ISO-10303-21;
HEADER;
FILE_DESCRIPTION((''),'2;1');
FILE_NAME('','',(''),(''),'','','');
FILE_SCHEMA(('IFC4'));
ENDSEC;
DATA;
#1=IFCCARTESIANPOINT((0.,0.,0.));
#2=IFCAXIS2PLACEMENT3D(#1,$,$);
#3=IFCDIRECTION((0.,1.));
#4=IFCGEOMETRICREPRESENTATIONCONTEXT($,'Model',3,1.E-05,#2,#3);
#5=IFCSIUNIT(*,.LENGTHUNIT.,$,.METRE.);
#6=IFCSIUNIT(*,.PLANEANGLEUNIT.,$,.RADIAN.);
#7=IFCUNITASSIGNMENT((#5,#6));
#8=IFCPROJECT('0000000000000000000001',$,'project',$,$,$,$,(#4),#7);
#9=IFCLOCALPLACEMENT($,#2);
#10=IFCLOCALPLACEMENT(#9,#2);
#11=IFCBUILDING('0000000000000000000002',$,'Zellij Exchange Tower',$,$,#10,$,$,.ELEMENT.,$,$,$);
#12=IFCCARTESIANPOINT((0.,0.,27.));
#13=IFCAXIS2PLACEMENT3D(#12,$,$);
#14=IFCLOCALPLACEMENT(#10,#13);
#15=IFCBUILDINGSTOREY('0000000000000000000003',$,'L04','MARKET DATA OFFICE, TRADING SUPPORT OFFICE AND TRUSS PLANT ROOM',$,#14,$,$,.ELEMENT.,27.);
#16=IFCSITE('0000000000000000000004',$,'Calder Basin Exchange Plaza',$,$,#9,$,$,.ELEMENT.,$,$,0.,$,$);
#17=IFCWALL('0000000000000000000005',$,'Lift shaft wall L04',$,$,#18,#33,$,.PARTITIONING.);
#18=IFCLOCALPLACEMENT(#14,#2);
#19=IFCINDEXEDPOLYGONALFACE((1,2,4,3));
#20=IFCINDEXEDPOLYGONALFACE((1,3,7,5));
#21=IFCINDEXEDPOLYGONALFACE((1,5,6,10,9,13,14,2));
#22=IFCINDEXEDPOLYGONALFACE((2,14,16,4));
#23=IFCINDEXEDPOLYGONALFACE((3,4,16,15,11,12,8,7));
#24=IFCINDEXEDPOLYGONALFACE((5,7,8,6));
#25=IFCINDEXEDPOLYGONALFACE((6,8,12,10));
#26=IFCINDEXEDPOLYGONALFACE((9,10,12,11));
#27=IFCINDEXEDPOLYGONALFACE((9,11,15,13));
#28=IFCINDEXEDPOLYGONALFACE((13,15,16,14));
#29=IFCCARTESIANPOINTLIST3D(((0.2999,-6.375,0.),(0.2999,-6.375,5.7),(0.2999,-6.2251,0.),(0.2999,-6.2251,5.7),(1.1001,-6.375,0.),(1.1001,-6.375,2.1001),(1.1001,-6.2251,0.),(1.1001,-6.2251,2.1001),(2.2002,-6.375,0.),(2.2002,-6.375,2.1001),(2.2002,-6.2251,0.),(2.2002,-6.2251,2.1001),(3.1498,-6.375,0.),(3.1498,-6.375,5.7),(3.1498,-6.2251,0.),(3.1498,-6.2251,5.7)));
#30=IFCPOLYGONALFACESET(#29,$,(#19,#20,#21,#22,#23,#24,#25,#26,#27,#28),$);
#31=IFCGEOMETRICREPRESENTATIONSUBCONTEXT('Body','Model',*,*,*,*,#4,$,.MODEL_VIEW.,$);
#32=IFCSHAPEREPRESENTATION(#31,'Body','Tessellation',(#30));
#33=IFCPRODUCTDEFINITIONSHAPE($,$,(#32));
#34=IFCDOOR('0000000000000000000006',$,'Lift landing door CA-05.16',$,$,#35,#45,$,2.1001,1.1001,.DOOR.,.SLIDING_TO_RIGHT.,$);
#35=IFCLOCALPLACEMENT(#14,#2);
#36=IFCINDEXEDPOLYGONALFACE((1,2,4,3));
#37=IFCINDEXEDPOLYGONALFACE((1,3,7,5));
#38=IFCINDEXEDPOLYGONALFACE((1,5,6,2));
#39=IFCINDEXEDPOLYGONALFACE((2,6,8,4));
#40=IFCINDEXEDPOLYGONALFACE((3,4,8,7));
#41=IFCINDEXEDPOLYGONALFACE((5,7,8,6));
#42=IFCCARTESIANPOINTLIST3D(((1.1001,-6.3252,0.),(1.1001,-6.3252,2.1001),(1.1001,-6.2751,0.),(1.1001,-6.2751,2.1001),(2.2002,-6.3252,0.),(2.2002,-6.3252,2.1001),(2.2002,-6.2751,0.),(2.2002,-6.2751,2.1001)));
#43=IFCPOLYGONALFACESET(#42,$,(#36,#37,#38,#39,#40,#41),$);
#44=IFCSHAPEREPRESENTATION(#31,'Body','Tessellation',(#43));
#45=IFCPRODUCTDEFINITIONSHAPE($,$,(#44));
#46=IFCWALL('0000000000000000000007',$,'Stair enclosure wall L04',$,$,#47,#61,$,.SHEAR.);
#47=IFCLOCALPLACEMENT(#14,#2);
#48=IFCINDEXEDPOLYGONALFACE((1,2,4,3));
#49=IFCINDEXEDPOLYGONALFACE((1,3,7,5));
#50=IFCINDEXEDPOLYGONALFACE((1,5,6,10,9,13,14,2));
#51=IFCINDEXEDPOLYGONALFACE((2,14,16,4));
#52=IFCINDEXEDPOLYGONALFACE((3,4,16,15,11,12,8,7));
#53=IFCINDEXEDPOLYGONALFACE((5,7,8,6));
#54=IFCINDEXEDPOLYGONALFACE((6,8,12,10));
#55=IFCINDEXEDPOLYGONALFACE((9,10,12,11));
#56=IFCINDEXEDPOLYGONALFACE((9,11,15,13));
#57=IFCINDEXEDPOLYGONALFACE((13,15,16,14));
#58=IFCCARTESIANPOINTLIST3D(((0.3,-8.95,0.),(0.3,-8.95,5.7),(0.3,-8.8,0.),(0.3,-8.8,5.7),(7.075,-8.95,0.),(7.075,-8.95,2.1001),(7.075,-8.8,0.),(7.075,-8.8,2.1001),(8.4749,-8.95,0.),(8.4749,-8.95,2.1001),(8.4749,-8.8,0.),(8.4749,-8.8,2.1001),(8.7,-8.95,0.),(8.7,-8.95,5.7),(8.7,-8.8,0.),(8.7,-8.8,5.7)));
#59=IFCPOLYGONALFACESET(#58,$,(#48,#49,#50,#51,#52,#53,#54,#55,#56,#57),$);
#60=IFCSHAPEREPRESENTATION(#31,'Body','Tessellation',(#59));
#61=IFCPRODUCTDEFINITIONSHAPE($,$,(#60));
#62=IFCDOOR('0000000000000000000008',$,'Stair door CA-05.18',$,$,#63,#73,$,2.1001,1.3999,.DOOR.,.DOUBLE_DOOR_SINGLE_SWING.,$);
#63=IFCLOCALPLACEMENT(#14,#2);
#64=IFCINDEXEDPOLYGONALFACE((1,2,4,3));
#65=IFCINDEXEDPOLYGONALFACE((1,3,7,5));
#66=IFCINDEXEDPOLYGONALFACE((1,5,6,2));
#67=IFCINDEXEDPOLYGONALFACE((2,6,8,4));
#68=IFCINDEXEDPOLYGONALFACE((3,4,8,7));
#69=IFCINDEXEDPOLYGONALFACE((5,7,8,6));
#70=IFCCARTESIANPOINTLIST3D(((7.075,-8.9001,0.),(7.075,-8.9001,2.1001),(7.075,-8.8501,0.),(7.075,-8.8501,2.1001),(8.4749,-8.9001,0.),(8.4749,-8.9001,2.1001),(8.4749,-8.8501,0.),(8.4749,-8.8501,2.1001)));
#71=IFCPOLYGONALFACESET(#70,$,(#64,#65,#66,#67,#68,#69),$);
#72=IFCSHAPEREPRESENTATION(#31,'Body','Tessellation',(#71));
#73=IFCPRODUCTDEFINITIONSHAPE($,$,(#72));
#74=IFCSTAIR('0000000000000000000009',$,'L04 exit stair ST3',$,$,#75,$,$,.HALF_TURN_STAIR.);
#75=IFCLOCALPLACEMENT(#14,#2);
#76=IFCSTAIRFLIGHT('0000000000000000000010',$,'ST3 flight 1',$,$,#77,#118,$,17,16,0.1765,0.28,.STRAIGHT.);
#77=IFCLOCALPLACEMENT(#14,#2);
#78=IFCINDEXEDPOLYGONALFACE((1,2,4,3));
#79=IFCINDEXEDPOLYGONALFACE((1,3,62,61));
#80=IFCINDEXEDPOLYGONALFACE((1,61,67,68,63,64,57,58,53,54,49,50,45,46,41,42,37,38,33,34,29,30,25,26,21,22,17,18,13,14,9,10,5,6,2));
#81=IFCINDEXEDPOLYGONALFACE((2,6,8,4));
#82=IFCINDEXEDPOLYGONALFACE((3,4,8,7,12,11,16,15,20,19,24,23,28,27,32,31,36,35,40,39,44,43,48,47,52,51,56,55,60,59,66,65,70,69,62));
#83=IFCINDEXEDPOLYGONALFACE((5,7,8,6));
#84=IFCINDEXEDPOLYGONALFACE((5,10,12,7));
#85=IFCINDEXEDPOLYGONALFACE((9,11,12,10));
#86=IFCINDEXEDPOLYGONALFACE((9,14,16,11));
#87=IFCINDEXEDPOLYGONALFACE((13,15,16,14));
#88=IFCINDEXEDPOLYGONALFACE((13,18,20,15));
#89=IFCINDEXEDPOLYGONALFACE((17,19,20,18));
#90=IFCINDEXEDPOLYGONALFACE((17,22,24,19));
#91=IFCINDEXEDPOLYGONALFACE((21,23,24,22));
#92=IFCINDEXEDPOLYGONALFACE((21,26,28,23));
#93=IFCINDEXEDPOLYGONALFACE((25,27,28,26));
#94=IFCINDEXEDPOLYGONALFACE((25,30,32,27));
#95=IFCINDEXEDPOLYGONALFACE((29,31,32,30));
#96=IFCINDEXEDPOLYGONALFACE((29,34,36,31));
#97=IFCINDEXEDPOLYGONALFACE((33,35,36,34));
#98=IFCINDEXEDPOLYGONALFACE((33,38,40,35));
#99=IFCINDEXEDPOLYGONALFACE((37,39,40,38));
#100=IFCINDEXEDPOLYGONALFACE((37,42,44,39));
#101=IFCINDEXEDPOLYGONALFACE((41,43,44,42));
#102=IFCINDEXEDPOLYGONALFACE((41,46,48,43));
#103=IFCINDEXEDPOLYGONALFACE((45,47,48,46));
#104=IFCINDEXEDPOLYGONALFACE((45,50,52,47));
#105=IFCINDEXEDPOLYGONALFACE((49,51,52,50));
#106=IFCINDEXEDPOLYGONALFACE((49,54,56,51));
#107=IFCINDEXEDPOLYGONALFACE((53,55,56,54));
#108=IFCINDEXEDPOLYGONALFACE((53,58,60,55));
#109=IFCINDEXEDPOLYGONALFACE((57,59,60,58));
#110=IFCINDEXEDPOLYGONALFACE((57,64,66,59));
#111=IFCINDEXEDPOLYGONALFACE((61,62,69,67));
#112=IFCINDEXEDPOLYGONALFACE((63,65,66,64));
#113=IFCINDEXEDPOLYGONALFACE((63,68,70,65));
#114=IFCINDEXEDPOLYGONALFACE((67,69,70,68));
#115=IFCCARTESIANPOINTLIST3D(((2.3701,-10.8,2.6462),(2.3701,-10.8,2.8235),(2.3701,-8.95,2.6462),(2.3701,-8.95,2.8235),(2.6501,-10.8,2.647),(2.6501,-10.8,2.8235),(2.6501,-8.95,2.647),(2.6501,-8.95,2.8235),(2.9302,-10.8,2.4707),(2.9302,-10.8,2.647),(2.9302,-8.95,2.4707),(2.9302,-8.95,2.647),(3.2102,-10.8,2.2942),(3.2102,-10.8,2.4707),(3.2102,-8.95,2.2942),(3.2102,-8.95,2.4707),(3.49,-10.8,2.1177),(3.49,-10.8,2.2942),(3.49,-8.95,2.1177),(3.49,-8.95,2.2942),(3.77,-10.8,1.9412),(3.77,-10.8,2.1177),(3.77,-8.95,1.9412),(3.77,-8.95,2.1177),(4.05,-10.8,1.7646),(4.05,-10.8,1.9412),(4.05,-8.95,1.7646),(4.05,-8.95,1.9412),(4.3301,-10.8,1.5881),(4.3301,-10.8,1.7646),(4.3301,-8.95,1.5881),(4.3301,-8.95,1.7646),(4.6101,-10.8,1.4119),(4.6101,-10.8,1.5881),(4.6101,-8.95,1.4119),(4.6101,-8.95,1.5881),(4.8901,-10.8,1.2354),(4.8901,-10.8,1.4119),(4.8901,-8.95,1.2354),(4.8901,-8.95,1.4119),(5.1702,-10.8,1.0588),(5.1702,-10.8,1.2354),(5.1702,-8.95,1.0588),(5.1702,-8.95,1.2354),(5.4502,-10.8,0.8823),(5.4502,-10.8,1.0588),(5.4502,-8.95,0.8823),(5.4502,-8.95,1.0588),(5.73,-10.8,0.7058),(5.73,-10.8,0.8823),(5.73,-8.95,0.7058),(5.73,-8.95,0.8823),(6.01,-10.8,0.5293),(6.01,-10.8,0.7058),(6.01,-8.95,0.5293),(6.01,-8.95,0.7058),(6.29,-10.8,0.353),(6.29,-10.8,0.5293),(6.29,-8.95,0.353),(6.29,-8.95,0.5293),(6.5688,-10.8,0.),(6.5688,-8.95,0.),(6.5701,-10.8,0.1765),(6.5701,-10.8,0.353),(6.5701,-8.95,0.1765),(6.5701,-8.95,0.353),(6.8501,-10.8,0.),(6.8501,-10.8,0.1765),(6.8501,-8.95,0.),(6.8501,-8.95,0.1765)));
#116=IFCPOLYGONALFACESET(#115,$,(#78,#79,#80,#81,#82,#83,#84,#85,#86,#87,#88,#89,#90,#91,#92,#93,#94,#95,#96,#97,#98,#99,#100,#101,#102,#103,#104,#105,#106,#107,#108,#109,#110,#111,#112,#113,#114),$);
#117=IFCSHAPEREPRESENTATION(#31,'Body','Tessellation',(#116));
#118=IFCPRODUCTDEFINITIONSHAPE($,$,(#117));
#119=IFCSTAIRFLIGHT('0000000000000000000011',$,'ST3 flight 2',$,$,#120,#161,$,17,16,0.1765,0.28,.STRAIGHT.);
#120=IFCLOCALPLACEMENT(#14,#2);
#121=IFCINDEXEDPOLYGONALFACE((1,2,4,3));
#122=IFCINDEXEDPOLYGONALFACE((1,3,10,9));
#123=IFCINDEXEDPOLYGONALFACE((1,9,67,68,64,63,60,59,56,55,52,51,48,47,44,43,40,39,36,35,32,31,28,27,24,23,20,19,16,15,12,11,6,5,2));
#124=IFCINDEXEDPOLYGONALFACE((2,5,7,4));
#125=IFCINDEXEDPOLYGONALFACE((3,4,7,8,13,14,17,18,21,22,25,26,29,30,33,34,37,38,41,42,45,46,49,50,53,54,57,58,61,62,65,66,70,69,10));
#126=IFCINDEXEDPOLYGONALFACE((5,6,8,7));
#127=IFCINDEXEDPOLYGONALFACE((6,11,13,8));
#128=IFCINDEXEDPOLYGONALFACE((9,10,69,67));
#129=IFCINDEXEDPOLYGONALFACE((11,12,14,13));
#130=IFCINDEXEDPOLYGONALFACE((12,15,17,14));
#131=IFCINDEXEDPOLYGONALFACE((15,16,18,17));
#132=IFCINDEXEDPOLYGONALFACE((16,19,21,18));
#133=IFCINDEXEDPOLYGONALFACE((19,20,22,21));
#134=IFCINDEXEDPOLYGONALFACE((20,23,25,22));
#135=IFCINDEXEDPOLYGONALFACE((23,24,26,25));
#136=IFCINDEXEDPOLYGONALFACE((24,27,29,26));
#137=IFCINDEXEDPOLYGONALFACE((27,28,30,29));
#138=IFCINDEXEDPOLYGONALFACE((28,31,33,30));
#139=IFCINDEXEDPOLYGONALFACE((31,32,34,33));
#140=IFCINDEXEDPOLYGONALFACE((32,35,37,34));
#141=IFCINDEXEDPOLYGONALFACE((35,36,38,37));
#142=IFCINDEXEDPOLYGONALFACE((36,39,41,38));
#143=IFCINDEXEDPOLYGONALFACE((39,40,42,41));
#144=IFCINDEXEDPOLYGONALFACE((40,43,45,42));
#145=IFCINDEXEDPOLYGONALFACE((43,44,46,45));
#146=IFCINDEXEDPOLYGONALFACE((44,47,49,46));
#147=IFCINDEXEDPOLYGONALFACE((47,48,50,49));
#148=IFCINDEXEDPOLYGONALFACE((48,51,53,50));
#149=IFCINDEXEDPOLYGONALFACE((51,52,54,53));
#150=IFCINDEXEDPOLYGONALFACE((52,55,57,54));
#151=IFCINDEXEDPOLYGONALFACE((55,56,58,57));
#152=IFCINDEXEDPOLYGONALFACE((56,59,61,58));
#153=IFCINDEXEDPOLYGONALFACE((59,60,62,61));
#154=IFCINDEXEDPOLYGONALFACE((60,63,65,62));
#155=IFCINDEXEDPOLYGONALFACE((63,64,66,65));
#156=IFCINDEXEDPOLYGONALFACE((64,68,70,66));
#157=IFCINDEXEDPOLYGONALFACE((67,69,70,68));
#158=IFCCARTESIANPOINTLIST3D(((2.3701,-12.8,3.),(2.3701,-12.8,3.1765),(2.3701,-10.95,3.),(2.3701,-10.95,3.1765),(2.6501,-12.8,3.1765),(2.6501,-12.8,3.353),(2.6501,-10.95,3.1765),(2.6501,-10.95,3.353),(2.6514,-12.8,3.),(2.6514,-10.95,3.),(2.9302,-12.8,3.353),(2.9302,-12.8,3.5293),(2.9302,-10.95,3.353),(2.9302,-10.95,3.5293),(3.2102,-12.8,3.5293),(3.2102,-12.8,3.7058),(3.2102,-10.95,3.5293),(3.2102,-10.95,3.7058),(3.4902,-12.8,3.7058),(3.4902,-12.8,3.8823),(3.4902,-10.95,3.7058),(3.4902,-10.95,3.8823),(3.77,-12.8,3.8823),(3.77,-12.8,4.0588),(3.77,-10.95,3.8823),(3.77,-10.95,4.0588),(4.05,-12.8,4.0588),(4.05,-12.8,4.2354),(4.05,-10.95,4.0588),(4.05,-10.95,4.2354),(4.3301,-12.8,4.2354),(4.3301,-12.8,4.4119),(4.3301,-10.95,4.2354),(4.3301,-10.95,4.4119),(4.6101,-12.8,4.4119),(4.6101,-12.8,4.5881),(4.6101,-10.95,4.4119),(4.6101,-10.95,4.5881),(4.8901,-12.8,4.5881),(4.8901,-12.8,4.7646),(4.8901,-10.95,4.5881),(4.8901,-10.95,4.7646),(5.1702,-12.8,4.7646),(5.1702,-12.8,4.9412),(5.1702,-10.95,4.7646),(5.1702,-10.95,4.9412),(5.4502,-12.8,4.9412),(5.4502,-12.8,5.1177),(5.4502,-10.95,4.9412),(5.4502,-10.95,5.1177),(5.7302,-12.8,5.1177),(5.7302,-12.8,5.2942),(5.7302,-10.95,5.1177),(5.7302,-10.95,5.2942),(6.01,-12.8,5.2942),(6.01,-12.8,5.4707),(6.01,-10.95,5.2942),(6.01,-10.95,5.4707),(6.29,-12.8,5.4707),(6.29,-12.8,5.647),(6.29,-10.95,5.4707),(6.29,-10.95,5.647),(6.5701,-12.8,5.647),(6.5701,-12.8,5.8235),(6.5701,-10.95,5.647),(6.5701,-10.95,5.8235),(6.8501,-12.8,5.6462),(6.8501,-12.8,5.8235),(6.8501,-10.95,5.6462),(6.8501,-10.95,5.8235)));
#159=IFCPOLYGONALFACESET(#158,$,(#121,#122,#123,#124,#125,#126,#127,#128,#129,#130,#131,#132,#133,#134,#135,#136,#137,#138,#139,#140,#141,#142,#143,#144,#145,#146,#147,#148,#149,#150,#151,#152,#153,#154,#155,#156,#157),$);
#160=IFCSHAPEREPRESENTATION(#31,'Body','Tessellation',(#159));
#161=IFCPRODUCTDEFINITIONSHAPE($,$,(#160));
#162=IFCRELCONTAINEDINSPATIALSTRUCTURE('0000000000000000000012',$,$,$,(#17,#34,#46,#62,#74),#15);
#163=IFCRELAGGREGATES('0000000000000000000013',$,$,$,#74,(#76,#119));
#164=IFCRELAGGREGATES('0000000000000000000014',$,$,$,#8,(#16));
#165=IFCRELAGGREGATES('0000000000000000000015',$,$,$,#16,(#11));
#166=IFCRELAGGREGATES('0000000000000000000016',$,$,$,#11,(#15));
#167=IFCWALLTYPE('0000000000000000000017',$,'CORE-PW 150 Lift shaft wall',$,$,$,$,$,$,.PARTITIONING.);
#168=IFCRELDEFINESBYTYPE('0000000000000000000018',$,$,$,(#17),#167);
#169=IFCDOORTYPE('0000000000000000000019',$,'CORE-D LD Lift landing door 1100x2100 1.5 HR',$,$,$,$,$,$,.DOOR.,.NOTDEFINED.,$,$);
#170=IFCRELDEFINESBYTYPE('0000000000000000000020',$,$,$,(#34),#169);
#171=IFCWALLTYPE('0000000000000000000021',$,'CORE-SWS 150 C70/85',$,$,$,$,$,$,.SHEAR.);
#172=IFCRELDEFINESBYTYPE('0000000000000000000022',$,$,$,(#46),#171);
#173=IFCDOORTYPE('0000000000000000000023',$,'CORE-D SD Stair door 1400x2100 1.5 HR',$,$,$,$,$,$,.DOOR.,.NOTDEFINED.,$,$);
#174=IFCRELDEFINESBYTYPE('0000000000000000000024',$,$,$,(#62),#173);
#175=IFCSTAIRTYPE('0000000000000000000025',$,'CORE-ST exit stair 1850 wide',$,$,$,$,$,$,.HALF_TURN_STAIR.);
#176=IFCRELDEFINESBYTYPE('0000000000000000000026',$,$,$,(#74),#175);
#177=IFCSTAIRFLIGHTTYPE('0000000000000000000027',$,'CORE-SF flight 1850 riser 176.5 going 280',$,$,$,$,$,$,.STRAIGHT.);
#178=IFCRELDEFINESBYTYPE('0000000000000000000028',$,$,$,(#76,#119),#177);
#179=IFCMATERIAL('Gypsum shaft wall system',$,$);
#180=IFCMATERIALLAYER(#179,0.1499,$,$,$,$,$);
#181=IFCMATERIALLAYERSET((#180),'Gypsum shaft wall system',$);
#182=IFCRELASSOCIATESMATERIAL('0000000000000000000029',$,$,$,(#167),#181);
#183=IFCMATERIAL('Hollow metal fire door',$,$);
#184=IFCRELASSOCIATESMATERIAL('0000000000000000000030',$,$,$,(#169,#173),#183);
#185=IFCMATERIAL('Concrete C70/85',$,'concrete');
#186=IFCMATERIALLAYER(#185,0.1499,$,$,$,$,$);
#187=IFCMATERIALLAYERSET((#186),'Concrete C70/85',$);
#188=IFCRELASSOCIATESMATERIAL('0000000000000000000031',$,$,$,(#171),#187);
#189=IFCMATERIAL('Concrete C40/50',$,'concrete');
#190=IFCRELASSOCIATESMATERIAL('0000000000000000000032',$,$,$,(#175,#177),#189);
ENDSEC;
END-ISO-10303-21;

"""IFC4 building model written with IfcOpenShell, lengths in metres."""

from ifc_helpers import new_model, si_unit, direction, frame, frame_2d, origin, place, context, subcontext, project, spatial, polyline, rectangle, outline, extrude, material, layer, layer_set, type_object, element, fill, aggregate, save


model = new_model("IFC4")

# Units and contexts
model_context = context("Model", 3, precision=1e-05, world=origin(), true_north=direction((0.0, 1.0)))
body_context = subcontext(model_context, "Body", "Model", "MODEL_VIEW")
ifc_project = project(units=[si_unit("LENGTHUNIT", "METRE"), si_unit("PLANEANGLEUNIT", "RADIAN")], contexts=[model_context])

# Site, building, storey
site_placement = place(None, origin())
site = spatial("IfcSite", under=ifc_project, at=site_placement, Name="Calder Basin Exchange Plaza", CompositionType="ELEMENT", RefElevation=0.0)
building_placement = place(site_placement, origin())
building = spatial("IfcBuilding", under=site, at=building_placement, Name="Zellij Exchange Tower", CompositionType="ELEMENT")
storey_placement = place(building_placement, frame((0.0, 0.0, 27.0)))
storey = spatial("IfcBuildingStorey", under=building, at=storey_placement, Name="L04", Description="MARKET DATA OFFICE, TRADING SUPPORT OFFICE AND TRUSS PLANT ROOM", CompositionType="ELEMENT", Elevation=27.0)

# Shared definitions
ifc_material_1 = material(Name="Concrete C70/85", Category="concrete")

# Shared definitions
ifc_material_2 = material(Name="Gypsum shaft wall system")
ifc_material_3 = material(Name="Hollow metal fire door")

# Walls, openings, doors
ifc_layer_1 = layer(ifc_material_2, 0.1499)
ifc_layer_set_1 = layer_set([ifc_layer_1], Name="Gypsum shaft wall system")
wall_type_1 = type_object("IfcWallType", Name="CORE-PW 150 Lift shaft wall", PredefinedType="PARTITIONING", material=ifc_layer_set_1)
wall_1_placement = place(storey_placement, frame((0.3, -6.3, 0.0), z_axis=(0.0, 0.0, 1.0), x_axis=(1.0, 0.0, 0.0)))
wall_1 = element("IfcWall", 1, at=wall_1_placement, inside=storey, type_object=wall_type_1, Name="Lift shaft wall L04", PredefinedType="PARTITIONING", context=body_context, shape_type="SweptSolid", body=[
    extrude(rectangle(XDim=2.8499, YDim=0.1499, at=frame_2d((1.4248, 0.0))), origin(), (0.0, 0.0, 1.0), 5.7),
])
opening_1_placement = place(wall_1_placement, frame((0.8, 0.0, 0.0)))
opening_1 = element("IfcOpeningElement", 2, at=opening_1_placement, cuts=wall_1, PredefinedType="OPENING", context=body_context, shape_type="SweptSolid", body=[
    extrude(rectangle(XDim=1.1001, YDim=2.1001, at=frame_2d((0.55, 1.05))), frame((0.0, 0.0869, 0.0), z_axis=(0.0, -1.0, 0.0), x_axis=(1.0, 0.0, 0.0)), (0.0, 0.0, 1.0), 0.1738),
])
door_type_1 = type_object("IfcDoorType", Name="CORE-D LD Lift landing door 1100x2100 1.5 HR", OperationType="NOTDEFINED", PredefinedType="DOOR", material=ifc_material_3)
door_1_placement = place(opening_1_placement, origin())
door_1 = element("IfcDoor", 3, at=door_1_placement, inside=storey, type_object=door_type_1, Name="Lift landing door CA-05.16", OperationType="SLIDING_TO_RIGHT", OverallHeight=2.1001, OverallWidth=1.1001, PredefinedType="DOOR", context=body_context, shape_type="SweptSolid", body=[
    extrude(rectangle(XDim=1.1001, YDim=2.1001, at=frame_2d((0.55, 1.05))), frame((0.0, 0.0249, 0.0), z_axis=(0.0, -1.0, 0.0), x_axis=(1.0, 0.0, 0.0)), (0.0, 0.0, 1.0), 0.05),
])
fill(opening_1, door_1)
ifc_layer_2 = layer(ifc_material_1, 0.1499)
ifc_layer_set_2 = layer_set([ifc_layer_2], Name="Concrete C70/85")
wall_type_2 = type_object("IfcWallType", Name="CORE-SWS 150 C70/85", PredefinedType="SHEAR", material=ifc_layer_set_2)
wall_2_placement = place(storey_placement, frame((0.3, -8.875, 0.0), z_axis=(0.0, 0.0, 1.0), x_axis=(1.0, 0.0, 0.0)))
wall_2 = element("IfcWall", 4, at=wall_2_placement, inside=storey, type_object=wall_type_2, Name="Stair enclosure wall L04", PredefinedType="SHEAR", context=body_context, shape_type="SweptSolid", body=[
    extrude(rectangle(XDim=8.3999, YDim=0.1499, at=frame_2d((4.2, 0.0))), origin(), (0.0, 0.0, 1.0), 5.7),
])
opening_2_placement = place(wall_2_placement, frame((6.7749, 0.0, 0.0)))
opening_2 = element("IfcOpeningElement", 5, at=opening_2_placement, cuts=wall_2, PredefinedType="OPENING", context=body_context, shape_type="SweptSolid", body=[
    extrude(rectangle(XDim=1.3999, YDim=2.1001, at=frame_2d((0.7, 1.05))), frame((0.0, 0.0869, 0.0), z_axis=(0.0, -1.0, 0.0), x_axis=(1.0, 0.0, 0.0)), (0.0, 0.0, 1.0), 0.1738),
])
door_type_2 = type_object("IfcDoorType", Name="CORE-D SD Stair door 1400x2100 1.5 HR", OperationType="NOTDEFINED", PredefinedType="DOOR", material=ifc_material_3)
door_2_placement = place(opening_2_placement, origin())
door_2 = element("IfcDoor", 6, at=door_2_placement, inside=storey, type_object=door_type_2, Name="Stair door CA-05.18", OperationType="DOUBLE_DOOR_SINGLE_SWING", OverallHeight=2.1001, OverallWidth=1.3999, PredefinedType="DOOR", context=body_context, shape_type="SweptSolid", body=[
    extrude(rectangle(XDim=1.3999, YDim=2.1001, at=frame_2d((0.7, 1.05))), frame((0.0, 0.0249, 0.0), z_axis=(0.0, -1.0, 0.0), x_axis=(1.0, 0.0, 0.0)), (0.0, 0.0, 1.0), 0.05),
])
fill(opening_2, door_2)

# Stair, stair flights
ifc_material_4 = material(Name="Concrete C40/50", Category="concrete")
stair_type = type_object("IfcStairType", Name="CORE-ST exit stair 1850 wide", PredefinedType="HALF_TURN_STAIR", material=ifc_material_4)
stair_placement = place(storey_placement, origin())
stair = element("IfcStair", 7, at=stair_placement, inside=storey, type_object=stair_type, Name="L04 exit stair ST3", PredefinedType="HALF_TURN_STAIR")
stair_flight_type = type_object("IfcStairFlightType", Name="CORE-SF flight 1850 riser 176.5 going 280", PredefinedType="STRAIGHT", material=ifc_material_4)
stair_flight_1_placement = place(storey_placement, frame((6.8501, -9.875, 0.0), z_axis=(0.0, 0.0, 1.0), x_axis=(-1.0, 0.0, 0.0)))
stair_flight_1 = element("IfcStairFlight", 8, at=stair_flight_1_placement, type_object=stair_flight_type, Name="ST3 flight 1", NumberOfRisers=17, NumberOfTreads=16, PredefinedType="STRAIGHT", RiserHeight=0.1765, TreadLength=0.28, context=body_context, shape_type="SweptSolid", body=[
    extrude(outline(polyline([(0.0, 0.0), (0.0, 0.1765), (0.28, 0.1765), (0.28, 0.353), (0.5601, 0.353), (0.5601, 0.5293), (0.8401, 0.5293), (0.8401, 0.7058), (1.1201, 0.7058), (1.1201, 0.8823), (1.3999, 0.8823), (1.3999, 1.0588), (1.6799, 1.0588), (1.6799, 1.2354), (1.96, 1.2354), (1.96, 1.4119), (2.24, 1.4119), (2.24, 1.5881), (2.52, 1.5881), (2.52, 1.7646), (2.8, 1.7646), (2.8, 1.9412), (3.0801, 1.9412), (3.0801, 2.1177), (3.3601, 2.1177), (3.3601, 2.2942), (3.6399, 2.2942), (3.6399, 2.4707), (3.9199, 2.4707), (3.9199, 2.647), (4.2, 2.647), (4.2, 2.8235), (4.48, 2.8235), (4.48, 3.0), (4.48, 2.6462), (0.2812, 0.0), (0.0, 0.0)])), frame((0.0, 0.925, 0.0), z_axis=(0.0, -1.0, 0.0), x_axis=(1.0, 0.0, 0.0)), (0.0, 0.0, 1.0), 1.8501),
])
stair_flight_2_placement = place(storey_placement, frame((2.3701, -11.875, 3.0), z_axis=(0.0, 0.0, 1.0), x_axis=(1.0, 0.0, 0.0)))
stair_flight_2 = element("IfcStairFlight", 9, at=stair_flight_2_placement, type_object=stair_flight_type, Name="ST3 flight 2", NumberOfRisers=17, NumberOfTreads=16, PredefinedType="STRAIGHT", RiserHeight=0.1765, TreadLength=0.28, context=body_context, shape_type="SweptSolid", body=[
    extrude(outline(polyline([(0.0, 0.0), (0.0, 0.1765), (0.28, 0.1765), (0.28, 0.353), (0.5601, 0.353), (0.5601, 0.5293), (0.8401, 0.5293), (0.8401, 0.7058), (1.1201, 0.7058), (1.1201, 0.8823), (1.3999, 0.8823), (1.3999, 1.0588), (1.6799, 1.0588), (1.6799, 1.2354), (1.96, 1.2354), (1.96, 1.4119), (2.24, 1.4119), (2.24, 1.5881), (2.52, 1.5881), (2.52, 1.7646), (2.8, 1.7646), (2.8, 1.9412), (3.0801, 1.9412), (3.0801, 2.1177), (3.3601, 2.1177), (3.3601, 2.2942), (3.6399, 2.2942), (3.6399, 2.4707), (3.9199, 2.4707), (3.9199, 2.647), (4.2, 2.647), (4.2, 2.8235), (4.48, 2.8235), (4.48, 3.0), (4.48, 2.6462), (0.2812, 0.0), (0.0, 0.0)])), frame((0.0, 0.925, 0.0), z_axis=(0.0, -1.0, 0.0), x_axis=(1.0, 0.0, 0.0)), (0.0, 0.0, 1.0), 1.8501),
])
aggregate(stair, [stair_flight_1, stair_flight_2])

save(model, "model.ifc")
